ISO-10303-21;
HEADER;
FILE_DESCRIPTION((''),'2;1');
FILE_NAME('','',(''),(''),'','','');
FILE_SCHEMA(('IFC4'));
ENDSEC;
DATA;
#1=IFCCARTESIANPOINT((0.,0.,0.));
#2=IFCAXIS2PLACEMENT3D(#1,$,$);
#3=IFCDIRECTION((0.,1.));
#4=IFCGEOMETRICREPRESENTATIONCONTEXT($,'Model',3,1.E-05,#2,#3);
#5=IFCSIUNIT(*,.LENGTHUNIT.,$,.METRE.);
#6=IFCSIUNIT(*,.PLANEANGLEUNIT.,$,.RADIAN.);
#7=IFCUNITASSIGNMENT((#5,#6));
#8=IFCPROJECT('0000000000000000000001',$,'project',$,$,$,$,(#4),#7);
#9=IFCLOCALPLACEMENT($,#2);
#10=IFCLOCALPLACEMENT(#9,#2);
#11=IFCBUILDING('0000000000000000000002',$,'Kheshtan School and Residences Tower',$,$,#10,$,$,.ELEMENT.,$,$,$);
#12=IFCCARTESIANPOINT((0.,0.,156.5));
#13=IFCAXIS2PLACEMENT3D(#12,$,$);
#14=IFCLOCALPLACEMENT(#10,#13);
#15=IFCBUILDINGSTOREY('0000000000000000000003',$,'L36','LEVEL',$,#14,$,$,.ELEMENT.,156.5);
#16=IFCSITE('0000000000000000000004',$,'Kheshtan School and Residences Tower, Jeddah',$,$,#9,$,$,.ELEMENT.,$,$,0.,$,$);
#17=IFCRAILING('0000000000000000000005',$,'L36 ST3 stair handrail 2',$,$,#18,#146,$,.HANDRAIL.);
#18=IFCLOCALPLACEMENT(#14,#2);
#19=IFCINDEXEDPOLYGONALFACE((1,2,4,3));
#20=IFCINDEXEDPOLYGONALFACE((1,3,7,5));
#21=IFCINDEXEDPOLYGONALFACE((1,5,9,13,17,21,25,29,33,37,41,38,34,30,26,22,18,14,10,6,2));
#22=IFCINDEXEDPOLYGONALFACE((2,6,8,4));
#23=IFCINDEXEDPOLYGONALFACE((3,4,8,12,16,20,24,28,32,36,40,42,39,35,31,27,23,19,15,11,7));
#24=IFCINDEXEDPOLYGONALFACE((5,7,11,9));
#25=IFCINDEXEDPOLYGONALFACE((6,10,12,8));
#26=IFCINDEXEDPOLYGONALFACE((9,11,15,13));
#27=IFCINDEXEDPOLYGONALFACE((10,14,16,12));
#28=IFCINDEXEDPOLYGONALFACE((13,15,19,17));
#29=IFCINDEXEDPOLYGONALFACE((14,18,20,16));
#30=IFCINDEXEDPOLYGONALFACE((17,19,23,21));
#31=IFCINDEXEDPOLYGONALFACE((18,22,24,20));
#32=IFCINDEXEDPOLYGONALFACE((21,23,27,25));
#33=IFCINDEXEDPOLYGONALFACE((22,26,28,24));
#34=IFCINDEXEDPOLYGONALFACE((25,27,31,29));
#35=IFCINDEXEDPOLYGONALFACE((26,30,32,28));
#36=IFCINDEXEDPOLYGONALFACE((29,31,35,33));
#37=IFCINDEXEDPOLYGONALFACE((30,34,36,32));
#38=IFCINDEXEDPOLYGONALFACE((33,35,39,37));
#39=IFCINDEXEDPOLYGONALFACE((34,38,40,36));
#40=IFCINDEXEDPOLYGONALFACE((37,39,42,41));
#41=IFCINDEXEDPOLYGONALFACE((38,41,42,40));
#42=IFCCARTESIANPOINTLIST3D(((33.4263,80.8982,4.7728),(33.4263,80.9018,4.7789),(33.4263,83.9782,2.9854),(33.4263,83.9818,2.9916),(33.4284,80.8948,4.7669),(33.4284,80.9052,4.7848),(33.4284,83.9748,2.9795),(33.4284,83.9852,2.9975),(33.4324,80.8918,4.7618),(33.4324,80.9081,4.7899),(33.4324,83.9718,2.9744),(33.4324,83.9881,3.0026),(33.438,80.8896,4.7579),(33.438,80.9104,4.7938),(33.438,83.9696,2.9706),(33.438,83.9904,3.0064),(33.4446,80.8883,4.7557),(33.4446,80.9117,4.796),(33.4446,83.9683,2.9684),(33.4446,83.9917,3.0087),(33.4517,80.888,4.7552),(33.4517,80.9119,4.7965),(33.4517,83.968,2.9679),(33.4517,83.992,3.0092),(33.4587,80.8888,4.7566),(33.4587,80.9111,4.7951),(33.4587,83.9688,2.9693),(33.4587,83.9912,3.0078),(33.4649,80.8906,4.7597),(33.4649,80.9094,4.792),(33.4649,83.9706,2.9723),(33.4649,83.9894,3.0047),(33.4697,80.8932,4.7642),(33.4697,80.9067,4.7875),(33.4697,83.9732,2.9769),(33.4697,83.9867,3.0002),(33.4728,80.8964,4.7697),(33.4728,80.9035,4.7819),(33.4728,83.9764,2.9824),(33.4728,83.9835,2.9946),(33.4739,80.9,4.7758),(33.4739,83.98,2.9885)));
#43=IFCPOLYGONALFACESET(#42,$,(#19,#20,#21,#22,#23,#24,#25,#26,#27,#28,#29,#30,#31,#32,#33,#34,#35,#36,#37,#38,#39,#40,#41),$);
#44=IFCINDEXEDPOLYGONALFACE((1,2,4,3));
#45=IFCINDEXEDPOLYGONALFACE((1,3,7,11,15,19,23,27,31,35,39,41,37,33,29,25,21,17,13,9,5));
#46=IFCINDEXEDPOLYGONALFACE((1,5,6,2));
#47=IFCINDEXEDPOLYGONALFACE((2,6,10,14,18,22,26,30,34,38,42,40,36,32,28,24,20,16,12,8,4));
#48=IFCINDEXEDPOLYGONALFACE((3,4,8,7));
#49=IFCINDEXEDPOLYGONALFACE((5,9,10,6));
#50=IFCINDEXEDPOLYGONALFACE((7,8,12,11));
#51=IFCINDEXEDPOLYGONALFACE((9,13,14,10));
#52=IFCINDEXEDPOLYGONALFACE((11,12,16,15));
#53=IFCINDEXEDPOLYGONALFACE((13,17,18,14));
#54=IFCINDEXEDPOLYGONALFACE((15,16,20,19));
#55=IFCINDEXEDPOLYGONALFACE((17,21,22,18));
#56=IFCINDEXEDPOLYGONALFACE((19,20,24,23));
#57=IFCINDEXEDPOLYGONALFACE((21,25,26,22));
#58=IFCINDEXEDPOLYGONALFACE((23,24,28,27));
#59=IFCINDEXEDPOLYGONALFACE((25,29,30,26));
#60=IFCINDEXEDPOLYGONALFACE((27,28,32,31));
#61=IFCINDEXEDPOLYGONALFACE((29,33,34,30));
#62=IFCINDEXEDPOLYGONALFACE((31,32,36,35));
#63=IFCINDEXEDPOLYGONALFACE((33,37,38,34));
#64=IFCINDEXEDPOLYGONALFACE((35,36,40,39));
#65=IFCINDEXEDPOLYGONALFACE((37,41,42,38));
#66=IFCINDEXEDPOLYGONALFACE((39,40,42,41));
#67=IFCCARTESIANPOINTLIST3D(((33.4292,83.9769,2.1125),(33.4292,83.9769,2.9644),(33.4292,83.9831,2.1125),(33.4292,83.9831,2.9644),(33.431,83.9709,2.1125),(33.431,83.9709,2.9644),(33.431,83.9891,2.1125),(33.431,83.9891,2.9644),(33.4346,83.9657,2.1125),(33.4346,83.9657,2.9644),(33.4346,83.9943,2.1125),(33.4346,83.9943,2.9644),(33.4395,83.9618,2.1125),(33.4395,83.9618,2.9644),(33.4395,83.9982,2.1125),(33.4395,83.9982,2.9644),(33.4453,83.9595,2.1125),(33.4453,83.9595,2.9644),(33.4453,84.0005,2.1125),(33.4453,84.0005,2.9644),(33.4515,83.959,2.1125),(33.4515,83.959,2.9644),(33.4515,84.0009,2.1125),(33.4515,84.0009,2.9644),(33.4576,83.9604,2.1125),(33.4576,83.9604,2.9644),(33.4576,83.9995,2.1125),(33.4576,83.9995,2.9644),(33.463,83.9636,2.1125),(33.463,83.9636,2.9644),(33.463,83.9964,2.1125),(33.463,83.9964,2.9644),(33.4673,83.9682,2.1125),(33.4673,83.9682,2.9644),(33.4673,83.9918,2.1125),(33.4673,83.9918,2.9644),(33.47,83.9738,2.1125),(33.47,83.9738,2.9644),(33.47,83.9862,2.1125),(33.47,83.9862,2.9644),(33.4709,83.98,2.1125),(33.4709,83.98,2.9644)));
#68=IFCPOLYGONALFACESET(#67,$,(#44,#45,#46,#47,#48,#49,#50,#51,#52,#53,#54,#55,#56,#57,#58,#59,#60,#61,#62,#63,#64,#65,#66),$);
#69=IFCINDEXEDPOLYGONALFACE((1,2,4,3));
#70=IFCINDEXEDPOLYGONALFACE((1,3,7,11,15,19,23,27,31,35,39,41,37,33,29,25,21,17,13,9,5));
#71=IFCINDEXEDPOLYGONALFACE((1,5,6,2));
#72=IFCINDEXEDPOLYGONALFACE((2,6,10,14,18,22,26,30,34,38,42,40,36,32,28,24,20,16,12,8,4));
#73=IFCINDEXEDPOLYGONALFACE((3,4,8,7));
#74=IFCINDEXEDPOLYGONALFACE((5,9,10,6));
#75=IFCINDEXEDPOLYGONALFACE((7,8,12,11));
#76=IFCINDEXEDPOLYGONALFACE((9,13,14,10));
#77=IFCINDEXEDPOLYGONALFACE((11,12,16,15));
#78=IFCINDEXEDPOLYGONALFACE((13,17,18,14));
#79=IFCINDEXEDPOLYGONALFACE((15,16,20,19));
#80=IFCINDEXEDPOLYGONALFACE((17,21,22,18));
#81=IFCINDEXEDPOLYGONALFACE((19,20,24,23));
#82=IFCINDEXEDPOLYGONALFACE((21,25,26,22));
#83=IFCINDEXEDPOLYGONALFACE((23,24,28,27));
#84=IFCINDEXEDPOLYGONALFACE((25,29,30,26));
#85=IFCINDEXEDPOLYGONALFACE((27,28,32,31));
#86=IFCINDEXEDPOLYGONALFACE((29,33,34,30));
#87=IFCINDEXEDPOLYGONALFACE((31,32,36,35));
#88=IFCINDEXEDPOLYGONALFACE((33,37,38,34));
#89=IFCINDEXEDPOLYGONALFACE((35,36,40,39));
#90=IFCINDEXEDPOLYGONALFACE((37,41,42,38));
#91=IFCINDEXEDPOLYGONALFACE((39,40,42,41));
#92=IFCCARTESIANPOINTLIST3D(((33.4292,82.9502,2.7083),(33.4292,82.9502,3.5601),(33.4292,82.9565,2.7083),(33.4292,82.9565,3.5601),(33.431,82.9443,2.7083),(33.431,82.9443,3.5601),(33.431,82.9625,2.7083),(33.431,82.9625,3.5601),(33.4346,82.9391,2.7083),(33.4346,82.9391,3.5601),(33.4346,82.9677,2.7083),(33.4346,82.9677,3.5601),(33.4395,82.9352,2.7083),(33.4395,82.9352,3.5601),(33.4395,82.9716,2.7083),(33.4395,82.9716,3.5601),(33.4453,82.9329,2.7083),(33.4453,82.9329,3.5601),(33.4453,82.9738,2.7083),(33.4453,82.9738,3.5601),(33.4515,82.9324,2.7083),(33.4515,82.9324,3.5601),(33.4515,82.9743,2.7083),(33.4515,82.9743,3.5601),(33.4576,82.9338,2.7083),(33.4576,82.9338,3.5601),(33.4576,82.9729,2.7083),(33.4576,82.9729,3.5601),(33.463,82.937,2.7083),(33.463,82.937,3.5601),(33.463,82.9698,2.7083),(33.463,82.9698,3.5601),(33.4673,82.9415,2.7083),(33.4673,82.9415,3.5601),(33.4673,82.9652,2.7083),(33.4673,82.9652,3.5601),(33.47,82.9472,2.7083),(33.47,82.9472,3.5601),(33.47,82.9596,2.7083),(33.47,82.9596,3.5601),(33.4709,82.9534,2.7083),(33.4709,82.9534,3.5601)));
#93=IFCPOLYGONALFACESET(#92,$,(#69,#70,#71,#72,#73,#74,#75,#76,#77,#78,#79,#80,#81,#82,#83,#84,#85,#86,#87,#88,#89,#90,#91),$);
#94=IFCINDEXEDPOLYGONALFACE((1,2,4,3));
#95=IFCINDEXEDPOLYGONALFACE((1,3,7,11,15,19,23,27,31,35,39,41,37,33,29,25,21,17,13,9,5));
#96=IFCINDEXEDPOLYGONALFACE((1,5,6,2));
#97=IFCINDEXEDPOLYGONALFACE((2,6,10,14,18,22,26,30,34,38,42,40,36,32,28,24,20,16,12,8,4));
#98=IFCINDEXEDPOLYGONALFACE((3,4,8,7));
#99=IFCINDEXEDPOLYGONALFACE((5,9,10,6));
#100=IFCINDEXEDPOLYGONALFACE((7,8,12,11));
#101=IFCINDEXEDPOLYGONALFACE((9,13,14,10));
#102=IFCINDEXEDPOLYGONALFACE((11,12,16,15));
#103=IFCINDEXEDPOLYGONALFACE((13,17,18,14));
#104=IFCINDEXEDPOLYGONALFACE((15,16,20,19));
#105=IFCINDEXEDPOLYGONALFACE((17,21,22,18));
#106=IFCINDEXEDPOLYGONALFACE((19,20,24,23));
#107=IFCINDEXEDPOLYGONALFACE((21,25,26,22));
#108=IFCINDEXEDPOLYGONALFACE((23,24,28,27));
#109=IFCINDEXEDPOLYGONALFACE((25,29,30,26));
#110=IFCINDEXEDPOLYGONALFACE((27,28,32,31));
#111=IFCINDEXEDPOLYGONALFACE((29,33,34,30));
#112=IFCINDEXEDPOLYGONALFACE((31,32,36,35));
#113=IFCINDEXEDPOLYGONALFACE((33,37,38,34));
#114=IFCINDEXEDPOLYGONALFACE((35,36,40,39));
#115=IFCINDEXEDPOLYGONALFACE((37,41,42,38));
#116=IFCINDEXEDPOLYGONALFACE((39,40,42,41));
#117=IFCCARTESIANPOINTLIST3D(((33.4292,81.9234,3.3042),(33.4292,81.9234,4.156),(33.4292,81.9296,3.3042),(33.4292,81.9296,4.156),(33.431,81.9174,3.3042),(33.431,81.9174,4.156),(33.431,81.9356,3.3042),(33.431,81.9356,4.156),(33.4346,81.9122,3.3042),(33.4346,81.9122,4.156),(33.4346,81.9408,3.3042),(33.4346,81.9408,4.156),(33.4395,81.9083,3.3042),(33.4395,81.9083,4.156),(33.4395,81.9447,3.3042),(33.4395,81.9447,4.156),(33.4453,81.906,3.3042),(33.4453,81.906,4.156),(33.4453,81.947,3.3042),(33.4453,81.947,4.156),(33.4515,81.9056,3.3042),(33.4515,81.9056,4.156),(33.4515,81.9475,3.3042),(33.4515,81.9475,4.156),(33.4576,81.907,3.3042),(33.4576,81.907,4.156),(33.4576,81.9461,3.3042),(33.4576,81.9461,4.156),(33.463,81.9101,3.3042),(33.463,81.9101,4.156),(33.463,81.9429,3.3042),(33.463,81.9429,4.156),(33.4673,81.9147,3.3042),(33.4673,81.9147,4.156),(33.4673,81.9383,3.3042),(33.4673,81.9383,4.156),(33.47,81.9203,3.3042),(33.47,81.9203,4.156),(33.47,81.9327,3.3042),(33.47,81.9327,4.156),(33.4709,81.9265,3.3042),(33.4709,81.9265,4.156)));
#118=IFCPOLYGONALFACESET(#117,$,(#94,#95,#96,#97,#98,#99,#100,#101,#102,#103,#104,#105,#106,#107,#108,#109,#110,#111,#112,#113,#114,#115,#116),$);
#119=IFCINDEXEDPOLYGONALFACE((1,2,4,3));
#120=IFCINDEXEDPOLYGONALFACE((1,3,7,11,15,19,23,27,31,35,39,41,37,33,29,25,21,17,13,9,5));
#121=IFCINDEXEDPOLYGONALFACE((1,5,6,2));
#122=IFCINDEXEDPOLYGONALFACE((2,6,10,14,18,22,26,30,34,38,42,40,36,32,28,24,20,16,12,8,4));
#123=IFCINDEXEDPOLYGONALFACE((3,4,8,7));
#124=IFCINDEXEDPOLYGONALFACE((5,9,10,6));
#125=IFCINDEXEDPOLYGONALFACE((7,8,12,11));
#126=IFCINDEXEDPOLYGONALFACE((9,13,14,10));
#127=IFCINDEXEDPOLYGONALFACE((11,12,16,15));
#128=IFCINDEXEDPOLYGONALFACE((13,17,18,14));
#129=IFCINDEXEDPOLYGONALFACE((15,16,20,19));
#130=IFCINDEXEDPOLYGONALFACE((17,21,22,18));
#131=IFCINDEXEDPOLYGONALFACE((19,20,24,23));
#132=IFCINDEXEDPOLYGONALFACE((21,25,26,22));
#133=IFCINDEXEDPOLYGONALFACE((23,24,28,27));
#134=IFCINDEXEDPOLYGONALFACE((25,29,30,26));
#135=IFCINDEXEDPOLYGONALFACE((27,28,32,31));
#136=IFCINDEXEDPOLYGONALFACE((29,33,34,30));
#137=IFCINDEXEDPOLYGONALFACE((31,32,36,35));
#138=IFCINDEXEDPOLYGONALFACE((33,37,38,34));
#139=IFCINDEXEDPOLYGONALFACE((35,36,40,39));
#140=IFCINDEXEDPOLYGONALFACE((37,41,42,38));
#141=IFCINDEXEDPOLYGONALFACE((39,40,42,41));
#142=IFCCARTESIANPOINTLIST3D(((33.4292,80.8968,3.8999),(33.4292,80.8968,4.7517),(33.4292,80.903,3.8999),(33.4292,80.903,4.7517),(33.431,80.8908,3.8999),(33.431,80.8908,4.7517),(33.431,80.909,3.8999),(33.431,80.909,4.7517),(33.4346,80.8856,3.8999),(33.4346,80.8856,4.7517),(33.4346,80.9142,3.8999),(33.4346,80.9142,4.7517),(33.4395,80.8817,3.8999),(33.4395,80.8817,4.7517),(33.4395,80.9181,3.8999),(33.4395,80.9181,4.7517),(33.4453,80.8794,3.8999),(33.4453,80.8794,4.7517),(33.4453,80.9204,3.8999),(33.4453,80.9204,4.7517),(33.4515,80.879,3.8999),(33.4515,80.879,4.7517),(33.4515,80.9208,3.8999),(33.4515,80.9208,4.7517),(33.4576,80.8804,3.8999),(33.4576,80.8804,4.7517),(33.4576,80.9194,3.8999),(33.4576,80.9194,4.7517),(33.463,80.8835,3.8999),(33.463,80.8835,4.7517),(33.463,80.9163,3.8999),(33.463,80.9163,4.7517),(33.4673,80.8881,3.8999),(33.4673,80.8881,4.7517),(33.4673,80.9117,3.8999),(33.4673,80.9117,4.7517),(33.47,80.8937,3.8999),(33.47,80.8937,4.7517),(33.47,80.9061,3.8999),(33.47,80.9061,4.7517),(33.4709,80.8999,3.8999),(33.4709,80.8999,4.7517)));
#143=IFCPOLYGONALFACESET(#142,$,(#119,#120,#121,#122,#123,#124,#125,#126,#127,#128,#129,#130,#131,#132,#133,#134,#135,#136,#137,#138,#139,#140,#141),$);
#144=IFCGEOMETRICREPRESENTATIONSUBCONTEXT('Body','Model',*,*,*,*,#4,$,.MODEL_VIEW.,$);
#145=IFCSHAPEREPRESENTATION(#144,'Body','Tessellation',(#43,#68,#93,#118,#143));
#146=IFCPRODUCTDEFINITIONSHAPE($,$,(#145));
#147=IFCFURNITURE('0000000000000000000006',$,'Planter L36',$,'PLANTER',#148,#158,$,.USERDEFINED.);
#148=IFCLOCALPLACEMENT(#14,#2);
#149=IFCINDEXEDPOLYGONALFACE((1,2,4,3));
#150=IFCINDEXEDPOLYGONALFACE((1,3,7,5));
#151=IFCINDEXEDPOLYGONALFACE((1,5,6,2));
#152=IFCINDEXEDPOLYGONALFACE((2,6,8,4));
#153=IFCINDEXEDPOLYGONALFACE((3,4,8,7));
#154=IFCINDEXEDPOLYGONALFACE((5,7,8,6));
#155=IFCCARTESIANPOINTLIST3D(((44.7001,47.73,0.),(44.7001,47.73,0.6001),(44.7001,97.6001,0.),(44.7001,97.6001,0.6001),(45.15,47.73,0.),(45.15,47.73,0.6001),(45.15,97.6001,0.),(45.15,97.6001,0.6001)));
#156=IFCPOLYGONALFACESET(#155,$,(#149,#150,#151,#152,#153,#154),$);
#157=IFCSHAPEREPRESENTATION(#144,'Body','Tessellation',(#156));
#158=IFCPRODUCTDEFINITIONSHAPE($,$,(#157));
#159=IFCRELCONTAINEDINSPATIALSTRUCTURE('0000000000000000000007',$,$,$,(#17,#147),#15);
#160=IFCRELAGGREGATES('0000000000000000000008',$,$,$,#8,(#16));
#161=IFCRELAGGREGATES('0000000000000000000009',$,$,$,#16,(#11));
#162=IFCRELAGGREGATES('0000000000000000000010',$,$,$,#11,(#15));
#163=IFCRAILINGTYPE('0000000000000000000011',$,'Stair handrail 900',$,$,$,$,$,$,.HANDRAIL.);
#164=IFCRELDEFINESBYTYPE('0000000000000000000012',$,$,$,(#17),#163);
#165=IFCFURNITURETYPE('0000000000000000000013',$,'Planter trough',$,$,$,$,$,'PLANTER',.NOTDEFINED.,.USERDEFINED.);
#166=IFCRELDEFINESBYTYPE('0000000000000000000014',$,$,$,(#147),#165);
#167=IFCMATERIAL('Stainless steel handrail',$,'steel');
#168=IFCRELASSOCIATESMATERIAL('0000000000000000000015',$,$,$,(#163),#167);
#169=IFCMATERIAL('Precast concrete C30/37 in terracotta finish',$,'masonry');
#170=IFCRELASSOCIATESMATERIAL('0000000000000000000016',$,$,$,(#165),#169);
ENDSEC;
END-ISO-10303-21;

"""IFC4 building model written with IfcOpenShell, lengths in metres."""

from ifc_helpers import new_model, si_unit, direction, frame, origin, origin_2d, place, context, subcontext, project, spatial, rectangle, circle, extrude, material, type_object, element, save


model = new_model("IFC4")

# Units and contexts
model_context = context("Model", 3, precision=1e-05, world=origin(), true_north=direction((0.0, 1.0)))
body_context = subcontext(model_context, "Body", "Model", "MODEL_VIEW")
ifc_project = project(units=[si_unit("LENGTHUNIT", "METRE"), si_unit("PLANEANGLEUNIT", "RADIAN")], contexts=[model_context])

# Site, building, storey
site_placement = place(None, origin())
site = spatial("IfcSite", under=ifc_project, at=site_placement, Name="Kheshtan School and Residences Tower, Jeddah", CompositionType="ELEMENT", RefElevation=0.0)
building_placement = place(site_placement, origin())
building = spatial("IfcBuilding", under=site, at=building_placement, Name="Kheshtan School and Residences Tower", CompositionType="ELEMENT")
storey_placement = place(building_placement, frame((0.0, 0.0, 156.5)))
storey = spatial("IfcBuildingStorey", under=building, at=storey_placement, Name="L36", Description="LEVEL", CompositionType="ELEMENT", Elevation=156.5)

# Railing
ifc_material_1 = material(Name="Stainless steel handrail", Category="steel")
railing_type_1 = type_object("IfcRailingType", Name="Stair handrail 900", PredefinedType="HANDRAIL", material=ifc_material_1)
railing_1_placement = place(storey_placement, frame((33.45, 83.98, 2.1125)))
element("IfcRailing", 1, at=railing_1_placement, inside=storey, type_object=railing_type_1, Name="L36 ST3 stair handrail 2", PredefinedType="HANDRAIL", context=body_context, shape_type="SweptSolid", body=[
    extrude(circle(Radius=0.0239, at=origin_2d()), frame((0.0, 0.0, 0.876), z_axis=(0.0, -0.86492, 0.501909), x_axis=(1.0, 0.0, 0.0)), (0.0, 0.0, 1.0), 3.561),
    extrude(circle(Radius=0.021, at=origin_2d()), origin(), (0.0, 0.0, 1.0), 0.8518),
    extrude(circle(Radius=0.021, at=origin_2d()), frame((0.0, -1.0266, 0.5957)), (0.0, 0.0, 1.0), 0.8518),
    extrude(circle(Radius=0.021, at=origin_2d()), frame((0.0, -2.0535, 1.1917)), (0.0, 0.0, 1.0), 0.8518),
    extrude(circle(Radius=0.021, at=origin_2d()), frame((0.0, -3.0801, 1.7874)), (0.0, 0.0, 1.0), 0.8518),
])

# Furniture
ifc_material_2 = material(Name="Precast concrete C30/37 in terracotta finish", Category="masonry")
furniture_type = type_object("IfcFurnitureType", Name="Planter trough", ElementType="PLANTER", AssemblyPlace="NOTDEFINED", PredefinedType="USERDEFINED", material=ifc_material_2)
furniture_placement = place(storey_placement, frame((44.925, 72.665, 0.0), z_axis=(0.0, 0.0, 1.0), x_axis=(0.0, -1.0, 0.0)))
element("IfcFurniture", 2, at=furniture_placement, inside=storey, type_object=furniture_type, Name="Planter L36", ObjectType="PLANTER", PredefinedType="USERDEFINED", context=body_context, shape_type="SweptSolid", body=[
    extrude(rectangle(XDim=49.8701, YDim=0.45, at=origin_2d()), origin(), (0.0, 0.0, 1.0), 0.6001),
])

save(model, "model.ifc")
